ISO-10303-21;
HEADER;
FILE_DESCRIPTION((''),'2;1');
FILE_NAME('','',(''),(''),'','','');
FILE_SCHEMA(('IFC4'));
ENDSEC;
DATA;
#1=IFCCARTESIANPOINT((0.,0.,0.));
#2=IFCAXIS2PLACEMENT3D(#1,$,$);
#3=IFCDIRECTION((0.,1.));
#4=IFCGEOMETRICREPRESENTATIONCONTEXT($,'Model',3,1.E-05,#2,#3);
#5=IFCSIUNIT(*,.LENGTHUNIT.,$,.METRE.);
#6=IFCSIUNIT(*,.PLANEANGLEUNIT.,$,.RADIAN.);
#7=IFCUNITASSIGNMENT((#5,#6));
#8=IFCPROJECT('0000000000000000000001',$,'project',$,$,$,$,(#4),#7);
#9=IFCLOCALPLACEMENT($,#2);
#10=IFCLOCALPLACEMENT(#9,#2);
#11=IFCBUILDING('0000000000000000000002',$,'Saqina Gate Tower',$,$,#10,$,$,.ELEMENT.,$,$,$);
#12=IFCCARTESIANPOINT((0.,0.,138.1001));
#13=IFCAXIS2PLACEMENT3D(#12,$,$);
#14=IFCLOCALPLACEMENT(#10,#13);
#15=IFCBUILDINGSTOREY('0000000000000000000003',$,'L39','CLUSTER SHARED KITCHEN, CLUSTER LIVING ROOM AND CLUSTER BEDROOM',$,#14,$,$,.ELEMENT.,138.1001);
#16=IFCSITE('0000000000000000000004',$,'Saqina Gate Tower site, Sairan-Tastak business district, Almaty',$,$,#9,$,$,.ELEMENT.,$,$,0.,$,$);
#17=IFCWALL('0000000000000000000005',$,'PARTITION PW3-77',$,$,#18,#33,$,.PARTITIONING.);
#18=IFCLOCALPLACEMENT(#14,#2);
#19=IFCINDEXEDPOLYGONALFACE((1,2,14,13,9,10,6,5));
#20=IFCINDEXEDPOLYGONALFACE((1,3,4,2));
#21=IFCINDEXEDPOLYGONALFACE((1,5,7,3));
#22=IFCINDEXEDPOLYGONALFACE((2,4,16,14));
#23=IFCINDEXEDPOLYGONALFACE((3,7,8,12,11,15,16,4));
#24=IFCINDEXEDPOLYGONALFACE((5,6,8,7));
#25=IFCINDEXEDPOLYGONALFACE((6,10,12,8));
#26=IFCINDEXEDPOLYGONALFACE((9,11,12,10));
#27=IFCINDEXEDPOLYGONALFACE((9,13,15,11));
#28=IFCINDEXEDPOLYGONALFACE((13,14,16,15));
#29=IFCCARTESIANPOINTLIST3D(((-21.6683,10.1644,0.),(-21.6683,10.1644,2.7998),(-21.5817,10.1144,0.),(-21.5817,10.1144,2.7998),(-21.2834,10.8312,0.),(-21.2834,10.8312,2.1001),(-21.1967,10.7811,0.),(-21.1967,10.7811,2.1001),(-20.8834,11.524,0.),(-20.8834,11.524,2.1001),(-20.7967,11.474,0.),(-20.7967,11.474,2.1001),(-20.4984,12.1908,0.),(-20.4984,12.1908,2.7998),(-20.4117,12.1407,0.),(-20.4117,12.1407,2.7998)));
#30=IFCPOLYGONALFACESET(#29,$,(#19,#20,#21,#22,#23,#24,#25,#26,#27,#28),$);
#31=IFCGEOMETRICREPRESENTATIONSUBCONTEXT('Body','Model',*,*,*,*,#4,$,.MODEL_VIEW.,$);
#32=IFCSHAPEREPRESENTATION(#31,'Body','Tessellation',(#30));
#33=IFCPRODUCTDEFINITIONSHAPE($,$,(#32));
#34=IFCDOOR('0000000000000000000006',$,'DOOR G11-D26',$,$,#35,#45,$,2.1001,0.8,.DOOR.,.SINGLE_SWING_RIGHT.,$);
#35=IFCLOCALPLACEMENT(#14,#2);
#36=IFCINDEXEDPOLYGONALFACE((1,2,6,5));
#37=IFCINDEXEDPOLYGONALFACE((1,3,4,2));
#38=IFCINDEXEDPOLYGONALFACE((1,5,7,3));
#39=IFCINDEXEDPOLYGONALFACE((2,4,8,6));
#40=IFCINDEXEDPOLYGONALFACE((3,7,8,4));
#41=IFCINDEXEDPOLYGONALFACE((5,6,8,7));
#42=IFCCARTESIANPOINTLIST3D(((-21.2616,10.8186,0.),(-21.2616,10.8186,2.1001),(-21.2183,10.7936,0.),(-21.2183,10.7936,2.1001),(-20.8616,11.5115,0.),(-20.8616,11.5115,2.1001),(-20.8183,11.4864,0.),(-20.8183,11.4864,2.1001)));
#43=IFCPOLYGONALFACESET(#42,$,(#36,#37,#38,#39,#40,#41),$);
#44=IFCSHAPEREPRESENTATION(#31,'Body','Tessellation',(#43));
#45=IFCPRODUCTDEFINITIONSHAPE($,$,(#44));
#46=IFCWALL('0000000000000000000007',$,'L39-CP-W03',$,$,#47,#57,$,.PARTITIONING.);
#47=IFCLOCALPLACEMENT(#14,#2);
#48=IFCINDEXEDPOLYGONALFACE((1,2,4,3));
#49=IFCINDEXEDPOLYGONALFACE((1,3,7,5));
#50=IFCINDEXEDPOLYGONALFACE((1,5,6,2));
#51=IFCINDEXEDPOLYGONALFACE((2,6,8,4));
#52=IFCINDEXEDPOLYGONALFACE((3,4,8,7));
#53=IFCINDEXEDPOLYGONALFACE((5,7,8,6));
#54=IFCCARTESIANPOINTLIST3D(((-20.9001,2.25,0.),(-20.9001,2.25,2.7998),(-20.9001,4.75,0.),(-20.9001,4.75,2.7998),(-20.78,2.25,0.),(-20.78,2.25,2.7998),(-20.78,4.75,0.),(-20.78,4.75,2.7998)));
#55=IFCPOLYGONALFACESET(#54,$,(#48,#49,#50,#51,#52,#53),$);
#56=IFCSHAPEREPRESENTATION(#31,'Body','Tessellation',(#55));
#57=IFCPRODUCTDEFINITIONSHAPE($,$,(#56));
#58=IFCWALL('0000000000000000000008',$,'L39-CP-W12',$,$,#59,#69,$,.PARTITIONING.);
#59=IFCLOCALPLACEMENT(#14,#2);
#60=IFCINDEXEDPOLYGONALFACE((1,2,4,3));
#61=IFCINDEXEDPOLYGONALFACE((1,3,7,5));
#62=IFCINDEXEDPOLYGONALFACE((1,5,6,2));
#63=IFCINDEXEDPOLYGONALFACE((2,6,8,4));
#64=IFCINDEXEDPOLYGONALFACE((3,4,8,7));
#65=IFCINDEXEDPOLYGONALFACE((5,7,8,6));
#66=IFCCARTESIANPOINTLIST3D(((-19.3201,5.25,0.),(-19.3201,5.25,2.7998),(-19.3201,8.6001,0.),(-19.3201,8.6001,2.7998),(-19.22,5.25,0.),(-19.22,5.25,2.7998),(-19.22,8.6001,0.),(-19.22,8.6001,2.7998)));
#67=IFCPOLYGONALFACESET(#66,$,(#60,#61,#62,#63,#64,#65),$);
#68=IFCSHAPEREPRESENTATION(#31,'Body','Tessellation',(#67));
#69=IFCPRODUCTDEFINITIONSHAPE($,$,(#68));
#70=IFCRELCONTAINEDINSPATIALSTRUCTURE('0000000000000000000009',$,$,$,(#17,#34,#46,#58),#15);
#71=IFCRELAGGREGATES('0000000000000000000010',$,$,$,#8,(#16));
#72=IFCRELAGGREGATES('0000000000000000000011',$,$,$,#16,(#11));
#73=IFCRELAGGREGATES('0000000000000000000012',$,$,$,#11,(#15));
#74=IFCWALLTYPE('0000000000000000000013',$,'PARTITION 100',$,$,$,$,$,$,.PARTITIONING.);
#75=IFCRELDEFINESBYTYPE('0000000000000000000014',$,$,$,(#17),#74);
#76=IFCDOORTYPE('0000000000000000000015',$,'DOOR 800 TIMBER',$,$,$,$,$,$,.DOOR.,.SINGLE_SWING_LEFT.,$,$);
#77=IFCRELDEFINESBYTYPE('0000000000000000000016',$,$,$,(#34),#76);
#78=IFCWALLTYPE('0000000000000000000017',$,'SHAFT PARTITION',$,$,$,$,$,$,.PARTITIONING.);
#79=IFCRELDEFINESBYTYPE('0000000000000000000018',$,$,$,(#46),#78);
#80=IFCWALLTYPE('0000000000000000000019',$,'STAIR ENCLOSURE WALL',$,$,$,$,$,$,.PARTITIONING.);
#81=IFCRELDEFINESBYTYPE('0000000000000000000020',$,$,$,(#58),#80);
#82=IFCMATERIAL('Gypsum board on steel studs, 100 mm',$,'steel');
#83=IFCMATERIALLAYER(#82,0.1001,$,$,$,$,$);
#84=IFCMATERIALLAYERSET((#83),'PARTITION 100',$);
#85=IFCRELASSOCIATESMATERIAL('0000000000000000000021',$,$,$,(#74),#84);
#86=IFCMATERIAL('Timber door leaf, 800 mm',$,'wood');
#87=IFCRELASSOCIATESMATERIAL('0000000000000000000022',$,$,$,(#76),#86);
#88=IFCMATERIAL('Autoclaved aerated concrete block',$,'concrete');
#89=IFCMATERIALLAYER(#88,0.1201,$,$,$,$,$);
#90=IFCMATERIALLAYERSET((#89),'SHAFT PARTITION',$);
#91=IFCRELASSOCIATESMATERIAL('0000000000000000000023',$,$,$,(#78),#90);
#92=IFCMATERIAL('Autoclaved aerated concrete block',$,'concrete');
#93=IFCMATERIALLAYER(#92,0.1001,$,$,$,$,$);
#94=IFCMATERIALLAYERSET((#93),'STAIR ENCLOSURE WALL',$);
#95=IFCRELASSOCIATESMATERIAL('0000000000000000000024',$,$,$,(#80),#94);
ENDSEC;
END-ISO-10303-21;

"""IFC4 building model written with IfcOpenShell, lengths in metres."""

from ifc_helpers import new_model, si_unit, direction, frame, frame_2d, origin, place, context, subcontext, project, spatial, rectangle, extrude, material, layer, layer_set, type_object, element, fill, save


model = new_model("IFC4")

# Units and contexts
model_context = context("Model", 3, precision=1e-05, world=origin(), true_north=direction((0.0, 1.0)))
body_context = subcontext(model_context, "Body", "Model", "MODEL_VIEW")
ifc_project = project(units=[si_unit("LENGTHUNIT", "METRE"), si_unit("PLANEANGLEUNIT", "RADIAN")], contexts=[model_context])

# Site, building, storey
site_placement = place(None, origin())
site = spatial("IfcSite", under=ifc_project, at=site_placement, Name="Saqina Gate Tower site, Sairan-Tastak business district, Almaty", CompositionType="ELEMENT", RefElevation=0.0)
building_placement = place(site_placement, origin())
building = spatial("IfcBuilding", under=site, at=building_placement, Name="Saqina Gate Tower", CompositionType="ELEMENT")
storey_placement = place(building_placement, frame((0.0, 0.0, 138.1001)))
storey = spatial("IfcBuildingStorey", under=building, at=storey_placement, Name="L39", Description="CLUSTER SHARED KITCHEN, CLUSTER LIVING ROOM AND CLUSTER BEDROOM", CompositionType="ELEMENT", Elevation=138.1001)

# Shared definitions
ifc_material_1 = material(Name="Gypsum board on steel studs, 100 mm", Category="steel")
ifc_layer_1 = layer(ifc_material_1, 0.1001)
ifc_layer_set_1 = layer_set([ifc_layer_1], Name="PARTITION 100")
wall_type_1 = type_object("IfcWallType", Name="PARTITION 100", PredefinedType="PARTITIONING", material=ifc_layer_set_1)

# Wall, opening, door
wall_1_placement = place(storey_placement, frame((-21.625, 10.1394, 0.0), z_axis=(0.0, 0.0, 1.0), x_axis=(0.499999, 0.866026, 0.0)))
wall_1 = element("IfcWall", 1, at=wall_1_placement, inside=storey, type_object=wall_type_1, Name="PARTITION PW3-77", PredefinedType="PARTITIONING", context=body_context, shape_type="SweptSolid", body=[
    extrude(rectangle(XDim=2.3398, YDim=0.1001, at=frame_2d((1.1699, 0.0))), origin(), (0.0, 0.0, 1.0), 2.7998),
])
opening_1_placement = place(wall_1_placement, frame((0.77, 0.0, 0.0)))
opening_1 = element("IfcOpeningElement", 2, at=opening_1_placement, cuts=wall_1, PredefinedType="OPENING", context=body_context, shape_type="SweptSolid", body=[
    extrude(rectangle(XDim=0.8, YDim=2.1001, at=frame_2d((0.3999, 1.05))), frame((0.0, 0.062, 0.0), z_axis=(0.0, -1.0, 0.0), x_axis=(1.0, 0.0, 0.0)), (0.0, 0.0, 1.0), 0.124),
])
ifc_material_2 = material(Name="Timber door leaf, 800 mm", Category="wood")
door_type_1 = type_object("IfcDoorType", Name="DOOR 800 TIMBER", OperationType="SINGLE_SWING_LEFT", PredefinedType="DOOR", material=ifc_material_2)
door_1_placement = place(opening_1_placement, origin())
door_1 = element("IfcDoor", 3, at=door_1_placement, inside=storey, type_object=door_type_1, Name="DOOR G11-D26", OperationType="SINGLE_SWING_RIGHT", OverallHeight=2.1001, OverallWidth=0.8, PredefinedType="DOOR", context=body_context, shape_type="SweptSolid", body=[
    extrude(rectangle(XDim=0.8, YDim=2.1001, at=frame_2d((0.3999, 1.05))), frame((0.0, 0.0249, 0.0), z_axis=(0.0, -1.0, 0.0), x_axis=(1.0, 0.0, 0.0)), (0.0, 0.0, 1.0), 0.05),
])
fill(opening_1, door_1)

# Walls
ifc_material_3 = material(Name="Autoclaved aerated concrete block", Category="concrete")
ifc_layer_2 = layer(ifc_material_3, 0.1201)
ifc_layer_set_2 = layer_set([ifc_layer_2], Name="SHAFT PARTITION")
wall_type_2 = type_object("IfcWallType", Name="SHAFT PARTITION", PredefinedType="PARTITIONING", material=ifc_layer_set_2)
wall_2_placement = place(storey_placement, frame((-20.8401, 2.25, 0.0), z_axis=(0.0, 0.0, 1.0), x_axis=(0.0, 1.0, 0.0)))
element("IfcWall", 4, at=wall_2_placement, inside=storey, type_object=wall_type_2, Name="L39-CP-W03", PredefinedType="PARTITIONING", context=body_context, shape_type="SweptSolid", body=[
    extrude(rectangle(XDim=2.5, YDim=0.1201, at=frame_2d((1.25, 0.0))), origin(), (0.0, 0.0, 1.0), 2.7998),
])
ifc_material_4 = material(Name="Autoclaved aerated concrete block", Category="concrete")
ifc_layer_3 = layer(ifc_material_4, 0.1001)
ifc_layer_set_3 = layer_set([ifc_layer_3], Name="STAIR ENCLOSURE WALL")
wall_type_3 = type_object("IfcWallType", Name="STAIR ENCLOSURE WALL", PredefinedType="PARTITIONING", material=ifc_layer_set_3)
wall_3_placement = place(storey_placement, frame((-19.27, 5.25, 0.0), z_axis=(0.0, 0.0, 1.0), x_axis=(0.0, 1.0, 0.0)))
element("IfcWall", 5, at=wall_3_placement, inside=storey, type_object=wall_type_3, Name="L39-CP-W12", PredefinedType="PARTITIONING", context=body_context, shape_type="SweptSolid", body=[
    extrude(rectangle(XDim=3.3501, YDim=0.1001, at=frame_2d((1.675, 0.0))), origin(), (0.0, 0.0, 1.0), 2.7998),
])

save(model, "model.ifc")
